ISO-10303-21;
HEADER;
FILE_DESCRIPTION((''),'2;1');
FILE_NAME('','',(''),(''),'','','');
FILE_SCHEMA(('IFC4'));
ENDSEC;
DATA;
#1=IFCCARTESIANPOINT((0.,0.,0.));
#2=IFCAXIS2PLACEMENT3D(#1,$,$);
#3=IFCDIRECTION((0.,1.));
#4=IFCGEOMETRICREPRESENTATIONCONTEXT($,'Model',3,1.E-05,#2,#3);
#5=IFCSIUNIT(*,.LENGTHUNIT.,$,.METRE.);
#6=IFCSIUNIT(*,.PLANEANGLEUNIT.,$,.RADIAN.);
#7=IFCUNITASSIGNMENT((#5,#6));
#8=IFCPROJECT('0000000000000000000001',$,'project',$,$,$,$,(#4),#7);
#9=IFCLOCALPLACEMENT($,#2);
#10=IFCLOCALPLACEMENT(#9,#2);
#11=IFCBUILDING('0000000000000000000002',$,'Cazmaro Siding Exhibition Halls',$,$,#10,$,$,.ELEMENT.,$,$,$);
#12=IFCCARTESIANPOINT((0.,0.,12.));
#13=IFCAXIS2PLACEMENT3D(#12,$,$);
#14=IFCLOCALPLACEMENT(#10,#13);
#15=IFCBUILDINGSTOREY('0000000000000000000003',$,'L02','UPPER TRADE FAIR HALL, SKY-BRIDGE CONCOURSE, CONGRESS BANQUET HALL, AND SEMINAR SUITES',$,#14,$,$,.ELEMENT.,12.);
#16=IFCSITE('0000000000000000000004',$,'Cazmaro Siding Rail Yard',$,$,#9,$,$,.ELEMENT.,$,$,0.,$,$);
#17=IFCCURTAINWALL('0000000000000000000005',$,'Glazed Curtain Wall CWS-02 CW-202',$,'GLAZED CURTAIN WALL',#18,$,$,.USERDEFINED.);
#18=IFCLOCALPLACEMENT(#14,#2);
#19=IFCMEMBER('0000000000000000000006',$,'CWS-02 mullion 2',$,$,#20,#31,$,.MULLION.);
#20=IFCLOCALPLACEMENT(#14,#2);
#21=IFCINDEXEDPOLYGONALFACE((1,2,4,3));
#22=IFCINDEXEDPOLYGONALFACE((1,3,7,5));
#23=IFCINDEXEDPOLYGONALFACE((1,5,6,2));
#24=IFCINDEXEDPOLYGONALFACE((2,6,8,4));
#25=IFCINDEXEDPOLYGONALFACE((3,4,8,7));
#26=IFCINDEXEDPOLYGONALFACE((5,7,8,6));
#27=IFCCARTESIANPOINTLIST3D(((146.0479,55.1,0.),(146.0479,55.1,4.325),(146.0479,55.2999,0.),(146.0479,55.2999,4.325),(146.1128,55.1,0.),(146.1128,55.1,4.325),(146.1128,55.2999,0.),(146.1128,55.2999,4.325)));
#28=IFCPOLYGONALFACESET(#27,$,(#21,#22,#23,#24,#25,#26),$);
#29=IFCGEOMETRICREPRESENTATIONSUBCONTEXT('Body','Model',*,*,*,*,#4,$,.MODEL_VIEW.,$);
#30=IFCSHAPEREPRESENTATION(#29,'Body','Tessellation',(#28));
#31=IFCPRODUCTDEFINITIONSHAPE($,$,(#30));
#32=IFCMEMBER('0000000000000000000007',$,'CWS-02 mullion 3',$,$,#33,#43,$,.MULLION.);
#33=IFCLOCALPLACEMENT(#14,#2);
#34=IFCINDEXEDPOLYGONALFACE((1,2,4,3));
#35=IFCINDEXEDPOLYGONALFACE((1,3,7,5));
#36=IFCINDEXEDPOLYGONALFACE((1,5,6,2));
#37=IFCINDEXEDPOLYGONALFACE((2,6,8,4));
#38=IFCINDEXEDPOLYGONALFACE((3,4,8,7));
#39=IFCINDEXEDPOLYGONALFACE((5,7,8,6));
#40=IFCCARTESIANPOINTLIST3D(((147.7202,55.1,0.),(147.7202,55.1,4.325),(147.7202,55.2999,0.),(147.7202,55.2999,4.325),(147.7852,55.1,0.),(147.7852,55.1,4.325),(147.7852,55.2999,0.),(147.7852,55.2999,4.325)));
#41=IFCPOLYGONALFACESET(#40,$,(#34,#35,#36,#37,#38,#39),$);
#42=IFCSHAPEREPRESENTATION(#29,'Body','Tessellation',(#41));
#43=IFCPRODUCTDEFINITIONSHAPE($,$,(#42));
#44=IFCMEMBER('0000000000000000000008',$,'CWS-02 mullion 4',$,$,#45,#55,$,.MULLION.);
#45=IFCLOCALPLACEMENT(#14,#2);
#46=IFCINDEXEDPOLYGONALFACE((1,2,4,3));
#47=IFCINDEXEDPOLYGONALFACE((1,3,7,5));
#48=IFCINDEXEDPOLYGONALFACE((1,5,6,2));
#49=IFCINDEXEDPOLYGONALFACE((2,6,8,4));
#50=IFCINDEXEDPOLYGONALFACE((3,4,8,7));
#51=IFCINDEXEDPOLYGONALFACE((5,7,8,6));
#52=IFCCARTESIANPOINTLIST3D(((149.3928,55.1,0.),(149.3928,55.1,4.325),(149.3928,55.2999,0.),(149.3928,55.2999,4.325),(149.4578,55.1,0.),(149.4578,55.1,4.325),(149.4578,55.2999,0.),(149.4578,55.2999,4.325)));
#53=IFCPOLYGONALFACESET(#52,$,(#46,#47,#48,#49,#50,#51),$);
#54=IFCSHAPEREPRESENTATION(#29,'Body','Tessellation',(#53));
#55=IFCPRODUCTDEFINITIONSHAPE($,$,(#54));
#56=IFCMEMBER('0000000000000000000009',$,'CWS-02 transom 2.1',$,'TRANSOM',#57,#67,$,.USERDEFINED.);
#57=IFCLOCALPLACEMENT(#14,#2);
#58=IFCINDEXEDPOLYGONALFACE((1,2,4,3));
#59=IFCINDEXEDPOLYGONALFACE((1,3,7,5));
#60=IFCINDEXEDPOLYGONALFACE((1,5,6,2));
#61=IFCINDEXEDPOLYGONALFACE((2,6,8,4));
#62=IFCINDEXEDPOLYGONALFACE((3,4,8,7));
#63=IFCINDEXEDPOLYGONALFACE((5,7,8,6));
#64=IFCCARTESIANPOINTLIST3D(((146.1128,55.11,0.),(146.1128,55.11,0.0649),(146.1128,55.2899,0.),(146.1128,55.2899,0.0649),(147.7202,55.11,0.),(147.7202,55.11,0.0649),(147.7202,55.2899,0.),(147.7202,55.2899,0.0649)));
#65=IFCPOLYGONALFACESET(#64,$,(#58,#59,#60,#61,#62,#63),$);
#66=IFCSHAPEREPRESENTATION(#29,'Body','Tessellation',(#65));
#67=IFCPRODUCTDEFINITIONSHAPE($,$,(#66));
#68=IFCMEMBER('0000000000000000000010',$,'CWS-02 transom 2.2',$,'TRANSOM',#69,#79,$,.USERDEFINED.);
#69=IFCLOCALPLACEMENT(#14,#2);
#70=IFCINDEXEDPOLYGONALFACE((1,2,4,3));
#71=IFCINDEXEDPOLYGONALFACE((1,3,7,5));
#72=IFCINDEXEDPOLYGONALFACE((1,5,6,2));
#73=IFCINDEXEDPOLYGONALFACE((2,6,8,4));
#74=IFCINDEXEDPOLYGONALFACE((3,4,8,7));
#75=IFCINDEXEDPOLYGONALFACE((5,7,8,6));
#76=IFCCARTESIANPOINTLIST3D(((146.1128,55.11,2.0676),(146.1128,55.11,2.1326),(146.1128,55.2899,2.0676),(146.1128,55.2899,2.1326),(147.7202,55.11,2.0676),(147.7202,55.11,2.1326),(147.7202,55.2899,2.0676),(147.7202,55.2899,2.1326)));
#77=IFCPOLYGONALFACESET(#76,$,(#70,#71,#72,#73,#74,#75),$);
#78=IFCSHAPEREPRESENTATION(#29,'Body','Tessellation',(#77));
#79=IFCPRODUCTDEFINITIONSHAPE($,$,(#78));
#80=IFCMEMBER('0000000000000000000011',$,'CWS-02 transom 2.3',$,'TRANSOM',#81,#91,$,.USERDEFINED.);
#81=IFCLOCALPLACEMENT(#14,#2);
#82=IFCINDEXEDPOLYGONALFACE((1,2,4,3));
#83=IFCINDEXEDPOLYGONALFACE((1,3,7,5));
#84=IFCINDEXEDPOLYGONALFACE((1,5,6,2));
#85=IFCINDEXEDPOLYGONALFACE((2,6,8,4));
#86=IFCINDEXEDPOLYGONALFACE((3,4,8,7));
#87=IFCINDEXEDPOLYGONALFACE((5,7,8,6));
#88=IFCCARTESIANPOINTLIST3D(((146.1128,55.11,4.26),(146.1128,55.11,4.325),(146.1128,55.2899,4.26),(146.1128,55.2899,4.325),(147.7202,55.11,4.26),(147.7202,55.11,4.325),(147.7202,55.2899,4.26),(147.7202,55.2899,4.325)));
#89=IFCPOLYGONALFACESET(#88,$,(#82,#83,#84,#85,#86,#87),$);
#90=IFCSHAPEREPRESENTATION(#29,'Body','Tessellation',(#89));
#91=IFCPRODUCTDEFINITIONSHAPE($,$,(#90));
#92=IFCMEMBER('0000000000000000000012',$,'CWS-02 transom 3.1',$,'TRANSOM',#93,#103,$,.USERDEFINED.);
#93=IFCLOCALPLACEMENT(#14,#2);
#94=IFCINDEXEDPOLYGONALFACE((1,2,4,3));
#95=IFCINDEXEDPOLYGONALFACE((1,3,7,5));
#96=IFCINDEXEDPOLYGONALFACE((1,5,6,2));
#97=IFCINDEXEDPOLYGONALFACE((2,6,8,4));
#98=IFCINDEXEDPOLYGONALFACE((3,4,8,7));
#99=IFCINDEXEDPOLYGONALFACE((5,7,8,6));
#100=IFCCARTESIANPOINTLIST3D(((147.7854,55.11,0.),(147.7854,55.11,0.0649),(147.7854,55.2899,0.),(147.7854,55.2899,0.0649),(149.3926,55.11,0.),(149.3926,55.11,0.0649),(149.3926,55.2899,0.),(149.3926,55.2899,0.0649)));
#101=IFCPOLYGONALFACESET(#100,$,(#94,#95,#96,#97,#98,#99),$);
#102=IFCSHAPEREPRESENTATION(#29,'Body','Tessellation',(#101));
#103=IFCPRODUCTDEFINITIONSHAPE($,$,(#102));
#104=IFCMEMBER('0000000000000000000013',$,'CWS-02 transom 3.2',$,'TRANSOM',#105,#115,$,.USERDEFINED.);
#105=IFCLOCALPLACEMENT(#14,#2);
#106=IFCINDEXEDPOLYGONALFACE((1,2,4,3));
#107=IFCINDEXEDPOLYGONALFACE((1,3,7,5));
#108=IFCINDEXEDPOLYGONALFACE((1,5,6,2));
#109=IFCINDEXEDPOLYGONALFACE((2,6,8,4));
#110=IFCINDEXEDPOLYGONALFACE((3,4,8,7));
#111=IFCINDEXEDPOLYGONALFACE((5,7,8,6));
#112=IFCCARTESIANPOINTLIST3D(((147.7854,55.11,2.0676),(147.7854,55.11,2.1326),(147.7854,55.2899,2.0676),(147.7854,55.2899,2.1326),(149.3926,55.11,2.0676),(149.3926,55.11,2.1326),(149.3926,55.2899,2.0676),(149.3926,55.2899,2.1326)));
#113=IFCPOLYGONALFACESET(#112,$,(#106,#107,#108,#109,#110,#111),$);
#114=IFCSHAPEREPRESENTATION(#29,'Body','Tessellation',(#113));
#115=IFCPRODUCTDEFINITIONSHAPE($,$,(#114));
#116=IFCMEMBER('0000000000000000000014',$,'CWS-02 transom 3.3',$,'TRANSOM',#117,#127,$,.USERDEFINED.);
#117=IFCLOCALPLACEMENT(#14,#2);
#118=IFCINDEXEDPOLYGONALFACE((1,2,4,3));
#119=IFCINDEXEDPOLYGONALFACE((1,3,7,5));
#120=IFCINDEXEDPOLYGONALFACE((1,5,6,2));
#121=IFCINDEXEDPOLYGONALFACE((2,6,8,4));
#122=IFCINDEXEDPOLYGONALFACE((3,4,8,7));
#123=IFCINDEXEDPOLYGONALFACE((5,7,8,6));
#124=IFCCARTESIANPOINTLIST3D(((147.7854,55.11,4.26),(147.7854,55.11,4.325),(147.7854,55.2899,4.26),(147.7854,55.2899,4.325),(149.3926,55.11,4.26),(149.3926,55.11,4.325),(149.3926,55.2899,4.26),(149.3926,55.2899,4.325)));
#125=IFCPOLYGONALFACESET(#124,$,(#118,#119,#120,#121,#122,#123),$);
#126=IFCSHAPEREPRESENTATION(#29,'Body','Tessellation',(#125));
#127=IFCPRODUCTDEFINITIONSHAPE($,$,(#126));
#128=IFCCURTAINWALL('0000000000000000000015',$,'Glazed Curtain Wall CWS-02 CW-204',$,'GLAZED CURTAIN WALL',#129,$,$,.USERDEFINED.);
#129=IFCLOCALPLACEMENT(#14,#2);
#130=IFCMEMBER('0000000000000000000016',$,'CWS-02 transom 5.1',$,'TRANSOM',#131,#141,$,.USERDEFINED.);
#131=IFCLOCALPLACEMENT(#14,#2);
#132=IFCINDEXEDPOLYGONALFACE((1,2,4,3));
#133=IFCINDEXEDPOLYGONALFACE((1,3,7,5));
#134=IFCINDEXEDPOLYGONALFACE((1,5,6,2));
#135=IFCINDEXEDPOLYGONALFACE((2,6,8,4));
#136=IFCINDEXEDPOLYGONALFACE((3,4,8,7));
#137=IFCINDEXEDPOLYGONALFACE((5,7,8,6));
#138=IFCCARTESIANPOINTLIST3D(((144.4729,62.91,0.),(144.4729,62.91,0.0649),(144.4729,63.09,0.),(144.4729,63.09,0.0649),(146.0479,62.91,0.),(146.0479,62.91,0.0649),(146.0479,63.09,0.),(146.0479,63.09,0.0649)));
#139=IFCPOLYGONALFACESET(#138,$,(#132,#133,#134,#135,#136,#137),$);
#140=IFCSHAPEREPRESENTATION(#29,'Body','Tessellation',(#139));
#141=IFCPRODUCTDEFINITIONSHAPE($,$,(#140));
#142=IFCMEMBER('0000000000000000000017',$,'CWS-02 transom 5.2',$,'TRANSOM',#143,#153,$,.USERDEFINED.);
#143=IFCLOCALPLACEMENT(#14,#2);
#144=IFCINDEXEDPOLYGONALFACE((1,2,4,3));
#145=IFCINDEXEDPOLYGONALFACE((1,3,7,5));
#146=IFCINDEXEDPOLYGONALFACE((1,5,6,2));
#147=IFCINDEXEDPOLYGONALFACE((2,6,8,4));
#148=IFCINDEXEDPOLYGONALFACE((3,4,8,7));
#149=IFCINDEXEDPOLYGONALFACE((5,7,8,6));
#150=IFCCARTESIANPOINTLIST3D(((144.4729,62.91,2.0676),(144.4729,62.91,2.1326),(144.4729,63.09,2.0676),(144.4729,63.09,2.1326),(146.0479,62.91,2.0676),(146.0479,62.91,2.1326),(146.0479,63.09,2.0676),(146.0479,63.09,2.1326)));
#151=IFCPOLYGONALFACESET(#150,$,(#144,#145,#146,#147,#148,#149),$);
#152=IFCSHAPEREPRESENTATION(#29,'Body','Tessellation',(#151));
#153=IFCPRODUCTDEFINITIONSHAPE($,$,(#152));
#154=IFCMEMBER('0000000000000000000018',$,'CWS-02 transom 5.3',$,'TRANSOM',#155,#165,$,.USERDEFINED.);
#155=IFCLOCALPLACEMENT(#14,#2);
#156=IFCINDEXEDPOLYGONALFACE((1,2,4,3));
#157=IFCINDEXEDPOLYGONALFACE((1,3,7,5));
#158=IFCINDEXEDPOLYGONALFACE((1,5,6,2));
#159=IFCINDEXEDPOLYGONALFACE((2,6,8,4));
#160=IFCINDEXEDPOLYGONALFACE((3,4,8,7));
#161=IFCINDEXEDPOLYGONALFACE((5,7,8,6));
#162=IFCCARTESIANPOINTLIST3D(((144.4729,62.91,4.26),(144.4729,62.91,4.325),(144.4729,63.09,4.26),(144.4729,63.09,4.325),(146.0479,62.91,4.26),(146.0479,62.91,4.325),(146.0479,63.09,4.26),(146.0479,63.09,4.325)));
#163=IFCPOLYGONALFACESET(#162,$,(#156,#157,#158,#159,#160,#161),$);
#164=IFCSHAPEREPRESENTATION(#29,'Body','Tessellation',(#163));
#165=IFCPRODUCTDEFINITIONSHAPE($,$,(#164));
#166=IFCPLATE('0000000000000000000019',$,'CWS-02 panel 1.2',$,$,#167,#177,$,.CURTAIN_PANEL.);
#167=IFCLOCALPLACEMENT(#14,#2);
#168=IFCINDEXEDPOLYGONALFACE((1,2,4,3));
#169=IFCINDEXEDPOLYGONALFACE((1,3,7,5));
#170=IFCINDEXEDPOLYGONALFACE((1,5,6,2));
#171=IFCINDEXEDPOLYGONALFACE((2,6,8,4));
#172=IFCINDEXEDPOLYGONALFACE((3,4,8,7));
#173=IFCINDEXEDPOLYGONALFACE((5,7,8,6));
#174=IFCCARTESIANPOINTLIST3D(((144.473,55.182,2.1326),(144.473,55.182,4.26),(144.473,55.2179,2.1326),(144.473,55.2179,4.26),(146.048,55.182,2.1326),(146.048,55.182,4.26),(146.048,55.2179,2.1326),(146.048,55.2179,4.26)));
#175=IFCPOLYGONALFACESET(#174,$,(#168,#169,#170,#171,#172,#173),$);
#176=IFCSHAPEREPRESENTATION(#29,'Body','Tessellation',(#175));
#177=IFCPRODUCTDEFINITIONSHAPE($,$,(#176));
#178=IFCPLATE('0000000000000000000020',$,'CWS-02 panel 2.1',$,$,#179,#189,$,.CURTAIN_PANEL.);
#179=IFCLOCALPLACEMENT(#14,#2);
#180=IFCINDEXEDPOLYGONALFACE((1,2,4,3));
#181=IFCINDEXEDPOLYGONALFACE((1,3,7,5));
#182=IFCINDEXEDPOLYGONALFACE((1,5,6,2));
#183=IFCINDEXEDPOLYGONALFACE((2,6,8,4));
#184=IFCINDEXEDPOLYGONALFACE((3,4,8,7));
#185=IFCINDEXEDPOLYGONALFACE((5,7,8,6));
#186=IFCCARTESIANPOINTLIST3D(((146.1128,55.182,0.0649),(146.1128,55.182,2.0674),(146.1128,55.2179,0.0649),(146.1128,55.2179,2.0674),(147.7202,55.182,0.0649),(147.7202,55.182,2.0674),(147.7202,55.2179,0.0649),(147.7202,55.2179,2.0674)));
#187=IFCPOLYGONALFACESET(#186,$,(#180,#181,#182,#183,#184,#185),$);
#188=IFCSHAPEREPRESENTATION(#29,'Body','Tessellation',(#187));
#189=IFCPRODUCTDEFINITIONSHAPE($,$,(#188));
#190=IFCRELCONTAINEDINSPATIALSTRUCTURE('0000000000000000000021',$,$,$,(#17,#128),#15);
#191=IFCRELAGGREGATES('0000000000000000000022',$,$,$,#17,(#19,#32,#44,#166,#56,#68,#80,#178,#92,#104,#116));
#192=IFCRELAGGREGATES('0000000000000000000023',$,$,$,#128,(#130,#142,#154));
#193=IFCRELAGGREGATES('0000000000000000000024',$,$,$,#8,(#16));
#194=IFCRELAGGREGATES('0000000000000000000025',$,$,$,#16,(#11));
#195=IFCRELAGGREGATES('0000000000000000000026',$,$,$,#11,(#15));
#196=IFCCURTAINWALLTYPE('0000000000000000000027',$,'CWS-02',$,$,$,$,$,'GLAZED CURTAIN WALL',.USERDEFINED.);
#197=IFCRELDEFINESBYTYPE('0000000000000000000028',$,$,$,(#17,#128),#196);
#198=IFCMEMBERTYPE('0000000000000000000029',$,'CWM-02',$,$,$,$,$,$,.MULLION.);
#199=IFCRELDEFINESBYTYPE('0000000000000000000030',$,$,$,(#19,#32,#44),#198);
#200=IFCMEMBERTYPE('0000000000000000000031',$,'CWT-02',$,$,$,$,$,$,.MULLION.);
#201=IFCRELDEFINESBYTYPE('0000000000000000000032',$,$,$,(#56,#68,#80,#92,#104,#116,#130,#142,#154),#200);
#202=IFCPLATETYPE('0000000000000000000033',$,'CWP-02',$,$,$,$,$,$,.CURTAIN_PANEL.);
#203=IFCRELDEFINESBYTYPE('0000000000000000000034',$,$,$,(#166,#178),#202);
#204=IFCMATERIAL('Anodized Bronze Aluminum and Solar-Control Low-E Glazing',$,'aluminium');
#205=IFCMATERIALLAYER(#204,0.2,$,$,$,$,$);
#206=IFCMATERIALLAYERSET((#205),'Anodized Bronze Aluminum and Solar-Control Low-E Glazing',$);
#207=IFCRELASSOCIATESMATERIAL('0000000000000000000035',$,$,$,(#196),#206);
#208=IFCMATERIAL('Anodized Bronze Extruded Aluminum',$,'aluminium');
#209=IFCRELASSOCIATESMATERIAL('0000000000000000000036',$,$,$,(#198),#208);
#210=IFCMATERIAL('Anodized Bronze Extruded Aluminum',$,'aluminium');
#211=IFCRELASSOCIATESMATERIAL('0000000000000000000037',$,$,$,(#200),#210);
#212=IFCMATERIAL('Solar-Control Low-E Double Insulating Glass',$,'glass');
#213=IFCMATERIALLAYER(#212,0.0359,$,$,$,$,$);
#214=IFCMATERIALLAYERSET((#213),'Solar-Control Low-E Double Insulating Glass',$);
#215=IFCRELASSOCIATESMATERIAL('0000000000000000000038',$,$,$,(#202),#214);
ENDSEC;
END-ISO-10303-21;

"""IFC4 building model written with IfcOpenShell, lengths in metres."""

from ifc_helpers import new_model, si_unit, direction, frame, origin, origin_2d, place, context, subcontext, project, spatial, rectangle, extrude, material, layer, layer_set, material_profile, profile_set, type_object, element, aggregate, save


model = new_model("IFC4")

# Units and contexts
model_context = context("Model", 3, precision=1e-05, world=origin(), true_north=direction((0.0, 1.0)))
body_context = subcontext(model_context, "Body", "Model", "MODEL_VIEW")
ifc_project = project(units=[si_unit("LENGTHUNIT", "METRE"), si_unit("PLANEANGLEUNIT", "RADIAN")], contexts=[model_context])

# Site, building, storey
site_placement = place(None, origin())
site = spatial("IfcSite", under=ifc_project, at=site_placement, Name="Cazmaro Siding Rail Yard", CompositionType="ELEMENT", RefElevation=0.0)
building_placement = place(site_placement, origin())
building = spatial("IfcBuilding", under=site, at=building_placement, Name="Cazmaro Siding Exhibition Halls", CompositionType="ELEMENT")
storey_placement = place(building_placement, frame((0.0, 0.0, 12.0)))
storey = spatial("IfcBuildingStorey", under=building, at=storey_placement, Name="L02", Description="UPPER TRADE FAIR HALL, SKY-BRIDGE CONCOURSE, CONGRESS BANQUET HALL, AND SEMINAR SUITES", CompositionType="ELEMENT", Elevation=12.0)

# Curtain walls, members
ifc_material_1 = material(Name="Anodized Bronze Aluminum and Solar-Control Low-E Glazing", Category="aluminium")
ifc_layer_1 = layer(ifc_material_1, 0.2)
ifc_layer_set_1 = layer_set([ifc_layer_1], Name="Anodized Bronze Aluminum and Solar-Control Low-E Glazing")
curtain_wall_type = type_object("IfcCurtainWallType", Name="CWS-02", ElementType="GLAZED CURTAIN WALL", PredefinedType="USERDEFINED", material=ifc_layer_set_1)
curtain_wall_1_placement = place(storey_placement, origin())
curtain_wall_1 = element("IfcCurtainWall", 1, at=curtain_wall_1_placement, inside=storey, type_object=curtain_wall_type, Name="Glazed Curtain Wall CWS-02 CW-202", ObjectType="GLAZED CURTAIN WALL", PredefinedType="USERDEFINED")
ifc_material_2 = material(Name="Anodized Bronze Extruded Aluminum", Category="aluminium")
ifc_material_profile_1 = material_profile(ifc_material_2, rectangle(XDim=0.2, YDim=0.0649, at=origin_2d()), Name="CWM-02")
ifc_profile_set_1 = profile_set([ifc_material_profile_1], Name="Anodized Bronze Extruded Aluminum")
member_type_1 = type_object("IfcMemberType", Name="CWM-02", PredefinedType="MULLION", material=ifc_profile_set_1)
member_1_placement = place(storey_placement, frame((146.0803, 55.2, 0.0), z_axis=(0.0, 0.0, 1.0), x_axis=(0.0, 1.0, 0.0)))
member_1 = element("IfcMember", 2, at=member_1_placement, type_object=member_type_1, Name="CWS-02 mullion 2", PredefinedType="MULLION", context=body_context, shape_type="SweptSolid", body=[
    extrude(rectangle(XDim=0.2, YDim=0.0649, at=origin_2d()), origin(), (0.0, 0.0, 1.0), 4.325),
])
member_2_placement = place(storey_placement, frame((147.7527, 55.2, 0.0), z_axis=(0.0, 0.0, 1.0), x_axis=(0.0, 1.0, 0.0)))
member_2 = element("IfcMember", 3, at=member_2_placement, type_object=member_type_1, Name="CWS-02 mullion 3", PredefinedType="MULLION", context=body_context, shape_type="SweptSolid", body=[
    extrude(rectangle(XDim=0.2, YDim=0.0649, at=origin_2d()), origin(), (0.0, 0.0, 1.0), 4.325),
])
member_3_placement = place(storey_placement, frame((149.4253, 55.2, 0.0), z_axis=(0.0, 0.0, 1.0), x_axis=(0.0, 1.0, 0.0)))
member_3 = element("IfcMember", 4, at=member_3_placement, type_object=member_type_1, Name="CWS-02 mullion 4", PredefinedType="MULLION", context=body_context, shape_type="SweptSolid", body=[
    extrude(rectangle(XDim=0.2, YDim=0.0649, at=origin_2d()), origin(), (0.0, 0.0, 1.0), 4.325),
])
ifc_material_3 = material(Name="Anodized Bronze Extruded Aluminum", Category="aluminium")
ifc_material_profile_2 = material_profile(ifc_material_3, rectangle(XDim=0.1799, YDim=0.0649, at=origin_2d()), Name="CWT-02")
ifc_profile_set_2 = profile_set([ifc_material_profile_2], Name="Anodized Bronze Extruded Aluminum")
member_type_2 = type_object("IfcMemberType", Name="CWT-02", PredefinedType="MULLION", material=ifc_profile_set_2)
member_4_placement = place(storey_placement, frame((146.1128, 55.2, 0.0325), z_axis=(1.0, 0.0, 0.0), x_axis=(0.0, 1.0, 0.0)))
member_4 = element("IfcMember", 5, at=member_4_placement, type_object=member_type_2, Name="CWS-02 transom 2.1", ObjectType="TRANSOM", PredefinedType="USERDEFINED", context=body_context, shape_type="SweptSolid", body=[
    extrude(rectangle(XDim=0.1799, YDim=0.0649, at=origin_2d()), origin(), (0.0, 0.0, 1.0), 1.6074),
])
member_5_placement = place(storey_placement, frame((146.1128, 55.2, 2.1001), z_axis=(1.0, 0.0, 0.0), x_axis=(0.0, 1.0, 0.0)))
member_5 = element("IfcMember", 6, at=member_5_placement, type_object=member_type_2, Name="CWS-02 transom 2.2", ObjectType="TRANSOM", PredefinedType="USERDEFINED", context=body_context, shape_type="SweptSolid", body=[
    extrude(rectangle(XDim=0.1799, YDim=0.0649, at=origin_2d()), origin(), (0.0, 0.0, 1.0), 1.6074),
])
member_6_placement = place(storey_placement, frame((146.1128, 55.2, 4.2925), z_axis=(1.0, 0.0, 0.0), x_axis=(0.0, 1.0, 0.0)))
member_6 = element("IfcMember", 7, at=member_6_placement, type_object=member_type_2, Name="CWS-02 transom 2.3", ObjectType="TRANSOM", PredefinedType="USERDEFINED", context=body_context, shape_type="SweptSolid", body=[
    extrude(rectangle(XDim=0.1799, YDim=0.0649, at=origin_2d()), origin(), (0.0, 0.0, 1.0), 1.6074),
])
member_7_placement = place(storey_placement, frame((147.7854, 55.2, 0.0325), z_axis=(1.0, 0.0, 0.0), x_axis=(0.0, 1.0, 0.0)))
member_7 = element("IfcMember", 8, at=member_7_placement, type_object=member_type_2, Name="CWS-02 transom 3.1", ObjectType="TRANSOM", PredefinedType="USERDEFINED", context=body_context, shape_type="SweptSolid", body=[
    extrude(rectangle(XDim=0.1799, YDim=0.0649, at=origin_2d()), origin(), (0.0, 0.0, 1.0), 1.6072),
])
member_8_placement = place(storey_placement, frame((147.7854, 55.2, 2.1001), z_axis=(1.0, 0.0, 0.0), x_axis=(0.0, 1.0, 0.0)))
member_8 = element("IfcMember", 9, at=member_8_placement, type_object=member_type_2, Name="CWS-02 transom 3.2", ObjectType="TRANSOM", PredefinedType="USERDEFINED", context=body_context, shape_type="SweptSolid", body=[
    extrude(rectangle(XDim=0.1799, YDim=0.0649, at=origin_2d()), origin(), (0.0, 0.0, 1.0), 1.6072),
])
member_9_placement = place(storey_placement, frame((147.7854, 55.2, 4.2925), z_axis=(1.0, 0.0, 0.0), x_axis=(0.0, 1.0, 0.0)))
member_9 = element("IfcMember", 10, at=member_9_placement, type_object=member_type_2, Name="CWS-02 transom 3.3", ObjectType="TRANSOM", PredefinedType="USERDEFINED", context=body_context, shape_type="SweptSolid", body=[
    extrude(rectangle(XDim=0.1799, YDim=0.0649, at=origin_2d()), origin(), (0.0, 0.0, 1.0), 1.6072),
])
curtain_wall_2_placement = place(storey_placement, origin())
curtain_wall_2 = element("IfcCurtainWall", 11, at=curtain_wall_2_placement, inside=storey, type_object=curtain_wall_type, Name="Glazed Curtain Wall CWS-02 CW-204", ObjectType="GLAZED CURTAIN WALL", PredefinedType="USERDEFINED")
member_10_placement = place(storey_placement, frame((146.0479, 63.0, 0.0325), z_axis=(-1.0, 0.0, 0.0), x_axis=(0.0, -1.0, 0.0)))
member_10 = element("IfcMember", 12, at=member_10_placement, type_object=member_type_2, Name="CWS-02 transom 5.1", ObjectType="TRANSOM", PredefinedType="USERDEFINED", context=body_context, shape_type="SweptSolid", body=[
    extrude(rectangle(XDim=0.1799, YDim=0.0649, at=origin_2d()), origin(), (0.0, 0.0, 1.0), 1.575),
])
member_11_placement = place(storey_placement, frame((146.0479, 63.0, 2.1001), z_axis=(-1.0, 0.0, 0.0), x_axis=(0.0, -1.0, 0.0)))
member_11 = element("IfcMember", 13, at=member_11_placement, type_object=member_type_2, Name="CWS-02 transom 5.2", ObjectType="TRANSOM", PredefinedType="USERDEFINED", context=body_context, shape_type="SweptSolid", body=[
    extrude(rectangle(XDim=0.1799, YDim=0.0649, at=origin_2d()), origin(), (0.0, 0.0, 1.0), 1.575),
])
member_12_placement = place(storey_placement, frame((146.0479, 63.0, 4.2925), z_axis=(-1.0, 0.0, 0.0), x_axis=(0.0, -1.0, 0.0)))
member_12 = element("IfcMember", 14, at=member_12_placement, type_object=member_type_2, Name="CWS-02 transom 5.3", ObjectType="TRANSOM", PredefinedType="USERDEFINED", context=body_context, shape_type="SweptSolid", body=[
    extrude(rectangle(XDim=0.1799, YDim=0.0649, at=origin_2d()), origin(), (0.0, 0.0, 1.0), 1.575),
])

# Plates
ifc_material_4 = material(Name="Solar-Control Low-E Double Insulating Glass", Category="glass")
ifc_layer_2 = layer(ifc_material_4, 0.0359)
ifc_layer_set_2 = layer_set([ifc_layer_2], Name="Solar-Control Low-E Double Insulating Glass")
plate_type = type_object("IfcPlateType", Name="CWP-02", PredefinedType="CURTAIN_PANEL", material=ifc_layer_set_2)
plate_1_placement = place(storey_placement, frame((145.2605, 55.2, 2.1326), z_axis=(0.0, 0.0, 1.0), x_axis=(1.0, 0.0, 0.0)))
plate_1 = element("IfcPlate", 15, at=plate_1_placement, type_object=plate_type, Name="CWS-02 panel 1.2", PredefinedType="CURTAIN_PANEL", context=body_context, shape_type="SweptSolid", body=[
    extrude(rectangle(XDim=1.575, YDim=0.0359, at=origin_2d()), origin(), (0.0, 0.0, 1.0), 2.1274),
])
plate_2_placement = place(storey_placement, frame((146.9165, 55.2, 0.0649), z_axis=(0.0, 0.0, 1.0), x_axis=(1.0, 0.0, 0.0)))
plate_2 = element("IfcPlate", 16, at=plate_2_placement, type_object=plate_type, Name="CWS-02 panel 2.1", PredefinedType="CURTAIN_PANEL", context=body_context, shape_type="SweptSolid", body=[
    extrude(rectangle(XDim=1.6074, YDim=0.0359, at=origin_2d()), origin(), (0.0, 0.0, 1.0), 2.0024),
])
aggregate(curtain_wall_1, [member_1, member_2, member_3, plate_1, member_4, member_5, member_6, plate_2, member_7, member_8, member_9])
aggregate(curtain_wall_2, [member_10, member_11, member_12])

save(model, "model.ifc")
